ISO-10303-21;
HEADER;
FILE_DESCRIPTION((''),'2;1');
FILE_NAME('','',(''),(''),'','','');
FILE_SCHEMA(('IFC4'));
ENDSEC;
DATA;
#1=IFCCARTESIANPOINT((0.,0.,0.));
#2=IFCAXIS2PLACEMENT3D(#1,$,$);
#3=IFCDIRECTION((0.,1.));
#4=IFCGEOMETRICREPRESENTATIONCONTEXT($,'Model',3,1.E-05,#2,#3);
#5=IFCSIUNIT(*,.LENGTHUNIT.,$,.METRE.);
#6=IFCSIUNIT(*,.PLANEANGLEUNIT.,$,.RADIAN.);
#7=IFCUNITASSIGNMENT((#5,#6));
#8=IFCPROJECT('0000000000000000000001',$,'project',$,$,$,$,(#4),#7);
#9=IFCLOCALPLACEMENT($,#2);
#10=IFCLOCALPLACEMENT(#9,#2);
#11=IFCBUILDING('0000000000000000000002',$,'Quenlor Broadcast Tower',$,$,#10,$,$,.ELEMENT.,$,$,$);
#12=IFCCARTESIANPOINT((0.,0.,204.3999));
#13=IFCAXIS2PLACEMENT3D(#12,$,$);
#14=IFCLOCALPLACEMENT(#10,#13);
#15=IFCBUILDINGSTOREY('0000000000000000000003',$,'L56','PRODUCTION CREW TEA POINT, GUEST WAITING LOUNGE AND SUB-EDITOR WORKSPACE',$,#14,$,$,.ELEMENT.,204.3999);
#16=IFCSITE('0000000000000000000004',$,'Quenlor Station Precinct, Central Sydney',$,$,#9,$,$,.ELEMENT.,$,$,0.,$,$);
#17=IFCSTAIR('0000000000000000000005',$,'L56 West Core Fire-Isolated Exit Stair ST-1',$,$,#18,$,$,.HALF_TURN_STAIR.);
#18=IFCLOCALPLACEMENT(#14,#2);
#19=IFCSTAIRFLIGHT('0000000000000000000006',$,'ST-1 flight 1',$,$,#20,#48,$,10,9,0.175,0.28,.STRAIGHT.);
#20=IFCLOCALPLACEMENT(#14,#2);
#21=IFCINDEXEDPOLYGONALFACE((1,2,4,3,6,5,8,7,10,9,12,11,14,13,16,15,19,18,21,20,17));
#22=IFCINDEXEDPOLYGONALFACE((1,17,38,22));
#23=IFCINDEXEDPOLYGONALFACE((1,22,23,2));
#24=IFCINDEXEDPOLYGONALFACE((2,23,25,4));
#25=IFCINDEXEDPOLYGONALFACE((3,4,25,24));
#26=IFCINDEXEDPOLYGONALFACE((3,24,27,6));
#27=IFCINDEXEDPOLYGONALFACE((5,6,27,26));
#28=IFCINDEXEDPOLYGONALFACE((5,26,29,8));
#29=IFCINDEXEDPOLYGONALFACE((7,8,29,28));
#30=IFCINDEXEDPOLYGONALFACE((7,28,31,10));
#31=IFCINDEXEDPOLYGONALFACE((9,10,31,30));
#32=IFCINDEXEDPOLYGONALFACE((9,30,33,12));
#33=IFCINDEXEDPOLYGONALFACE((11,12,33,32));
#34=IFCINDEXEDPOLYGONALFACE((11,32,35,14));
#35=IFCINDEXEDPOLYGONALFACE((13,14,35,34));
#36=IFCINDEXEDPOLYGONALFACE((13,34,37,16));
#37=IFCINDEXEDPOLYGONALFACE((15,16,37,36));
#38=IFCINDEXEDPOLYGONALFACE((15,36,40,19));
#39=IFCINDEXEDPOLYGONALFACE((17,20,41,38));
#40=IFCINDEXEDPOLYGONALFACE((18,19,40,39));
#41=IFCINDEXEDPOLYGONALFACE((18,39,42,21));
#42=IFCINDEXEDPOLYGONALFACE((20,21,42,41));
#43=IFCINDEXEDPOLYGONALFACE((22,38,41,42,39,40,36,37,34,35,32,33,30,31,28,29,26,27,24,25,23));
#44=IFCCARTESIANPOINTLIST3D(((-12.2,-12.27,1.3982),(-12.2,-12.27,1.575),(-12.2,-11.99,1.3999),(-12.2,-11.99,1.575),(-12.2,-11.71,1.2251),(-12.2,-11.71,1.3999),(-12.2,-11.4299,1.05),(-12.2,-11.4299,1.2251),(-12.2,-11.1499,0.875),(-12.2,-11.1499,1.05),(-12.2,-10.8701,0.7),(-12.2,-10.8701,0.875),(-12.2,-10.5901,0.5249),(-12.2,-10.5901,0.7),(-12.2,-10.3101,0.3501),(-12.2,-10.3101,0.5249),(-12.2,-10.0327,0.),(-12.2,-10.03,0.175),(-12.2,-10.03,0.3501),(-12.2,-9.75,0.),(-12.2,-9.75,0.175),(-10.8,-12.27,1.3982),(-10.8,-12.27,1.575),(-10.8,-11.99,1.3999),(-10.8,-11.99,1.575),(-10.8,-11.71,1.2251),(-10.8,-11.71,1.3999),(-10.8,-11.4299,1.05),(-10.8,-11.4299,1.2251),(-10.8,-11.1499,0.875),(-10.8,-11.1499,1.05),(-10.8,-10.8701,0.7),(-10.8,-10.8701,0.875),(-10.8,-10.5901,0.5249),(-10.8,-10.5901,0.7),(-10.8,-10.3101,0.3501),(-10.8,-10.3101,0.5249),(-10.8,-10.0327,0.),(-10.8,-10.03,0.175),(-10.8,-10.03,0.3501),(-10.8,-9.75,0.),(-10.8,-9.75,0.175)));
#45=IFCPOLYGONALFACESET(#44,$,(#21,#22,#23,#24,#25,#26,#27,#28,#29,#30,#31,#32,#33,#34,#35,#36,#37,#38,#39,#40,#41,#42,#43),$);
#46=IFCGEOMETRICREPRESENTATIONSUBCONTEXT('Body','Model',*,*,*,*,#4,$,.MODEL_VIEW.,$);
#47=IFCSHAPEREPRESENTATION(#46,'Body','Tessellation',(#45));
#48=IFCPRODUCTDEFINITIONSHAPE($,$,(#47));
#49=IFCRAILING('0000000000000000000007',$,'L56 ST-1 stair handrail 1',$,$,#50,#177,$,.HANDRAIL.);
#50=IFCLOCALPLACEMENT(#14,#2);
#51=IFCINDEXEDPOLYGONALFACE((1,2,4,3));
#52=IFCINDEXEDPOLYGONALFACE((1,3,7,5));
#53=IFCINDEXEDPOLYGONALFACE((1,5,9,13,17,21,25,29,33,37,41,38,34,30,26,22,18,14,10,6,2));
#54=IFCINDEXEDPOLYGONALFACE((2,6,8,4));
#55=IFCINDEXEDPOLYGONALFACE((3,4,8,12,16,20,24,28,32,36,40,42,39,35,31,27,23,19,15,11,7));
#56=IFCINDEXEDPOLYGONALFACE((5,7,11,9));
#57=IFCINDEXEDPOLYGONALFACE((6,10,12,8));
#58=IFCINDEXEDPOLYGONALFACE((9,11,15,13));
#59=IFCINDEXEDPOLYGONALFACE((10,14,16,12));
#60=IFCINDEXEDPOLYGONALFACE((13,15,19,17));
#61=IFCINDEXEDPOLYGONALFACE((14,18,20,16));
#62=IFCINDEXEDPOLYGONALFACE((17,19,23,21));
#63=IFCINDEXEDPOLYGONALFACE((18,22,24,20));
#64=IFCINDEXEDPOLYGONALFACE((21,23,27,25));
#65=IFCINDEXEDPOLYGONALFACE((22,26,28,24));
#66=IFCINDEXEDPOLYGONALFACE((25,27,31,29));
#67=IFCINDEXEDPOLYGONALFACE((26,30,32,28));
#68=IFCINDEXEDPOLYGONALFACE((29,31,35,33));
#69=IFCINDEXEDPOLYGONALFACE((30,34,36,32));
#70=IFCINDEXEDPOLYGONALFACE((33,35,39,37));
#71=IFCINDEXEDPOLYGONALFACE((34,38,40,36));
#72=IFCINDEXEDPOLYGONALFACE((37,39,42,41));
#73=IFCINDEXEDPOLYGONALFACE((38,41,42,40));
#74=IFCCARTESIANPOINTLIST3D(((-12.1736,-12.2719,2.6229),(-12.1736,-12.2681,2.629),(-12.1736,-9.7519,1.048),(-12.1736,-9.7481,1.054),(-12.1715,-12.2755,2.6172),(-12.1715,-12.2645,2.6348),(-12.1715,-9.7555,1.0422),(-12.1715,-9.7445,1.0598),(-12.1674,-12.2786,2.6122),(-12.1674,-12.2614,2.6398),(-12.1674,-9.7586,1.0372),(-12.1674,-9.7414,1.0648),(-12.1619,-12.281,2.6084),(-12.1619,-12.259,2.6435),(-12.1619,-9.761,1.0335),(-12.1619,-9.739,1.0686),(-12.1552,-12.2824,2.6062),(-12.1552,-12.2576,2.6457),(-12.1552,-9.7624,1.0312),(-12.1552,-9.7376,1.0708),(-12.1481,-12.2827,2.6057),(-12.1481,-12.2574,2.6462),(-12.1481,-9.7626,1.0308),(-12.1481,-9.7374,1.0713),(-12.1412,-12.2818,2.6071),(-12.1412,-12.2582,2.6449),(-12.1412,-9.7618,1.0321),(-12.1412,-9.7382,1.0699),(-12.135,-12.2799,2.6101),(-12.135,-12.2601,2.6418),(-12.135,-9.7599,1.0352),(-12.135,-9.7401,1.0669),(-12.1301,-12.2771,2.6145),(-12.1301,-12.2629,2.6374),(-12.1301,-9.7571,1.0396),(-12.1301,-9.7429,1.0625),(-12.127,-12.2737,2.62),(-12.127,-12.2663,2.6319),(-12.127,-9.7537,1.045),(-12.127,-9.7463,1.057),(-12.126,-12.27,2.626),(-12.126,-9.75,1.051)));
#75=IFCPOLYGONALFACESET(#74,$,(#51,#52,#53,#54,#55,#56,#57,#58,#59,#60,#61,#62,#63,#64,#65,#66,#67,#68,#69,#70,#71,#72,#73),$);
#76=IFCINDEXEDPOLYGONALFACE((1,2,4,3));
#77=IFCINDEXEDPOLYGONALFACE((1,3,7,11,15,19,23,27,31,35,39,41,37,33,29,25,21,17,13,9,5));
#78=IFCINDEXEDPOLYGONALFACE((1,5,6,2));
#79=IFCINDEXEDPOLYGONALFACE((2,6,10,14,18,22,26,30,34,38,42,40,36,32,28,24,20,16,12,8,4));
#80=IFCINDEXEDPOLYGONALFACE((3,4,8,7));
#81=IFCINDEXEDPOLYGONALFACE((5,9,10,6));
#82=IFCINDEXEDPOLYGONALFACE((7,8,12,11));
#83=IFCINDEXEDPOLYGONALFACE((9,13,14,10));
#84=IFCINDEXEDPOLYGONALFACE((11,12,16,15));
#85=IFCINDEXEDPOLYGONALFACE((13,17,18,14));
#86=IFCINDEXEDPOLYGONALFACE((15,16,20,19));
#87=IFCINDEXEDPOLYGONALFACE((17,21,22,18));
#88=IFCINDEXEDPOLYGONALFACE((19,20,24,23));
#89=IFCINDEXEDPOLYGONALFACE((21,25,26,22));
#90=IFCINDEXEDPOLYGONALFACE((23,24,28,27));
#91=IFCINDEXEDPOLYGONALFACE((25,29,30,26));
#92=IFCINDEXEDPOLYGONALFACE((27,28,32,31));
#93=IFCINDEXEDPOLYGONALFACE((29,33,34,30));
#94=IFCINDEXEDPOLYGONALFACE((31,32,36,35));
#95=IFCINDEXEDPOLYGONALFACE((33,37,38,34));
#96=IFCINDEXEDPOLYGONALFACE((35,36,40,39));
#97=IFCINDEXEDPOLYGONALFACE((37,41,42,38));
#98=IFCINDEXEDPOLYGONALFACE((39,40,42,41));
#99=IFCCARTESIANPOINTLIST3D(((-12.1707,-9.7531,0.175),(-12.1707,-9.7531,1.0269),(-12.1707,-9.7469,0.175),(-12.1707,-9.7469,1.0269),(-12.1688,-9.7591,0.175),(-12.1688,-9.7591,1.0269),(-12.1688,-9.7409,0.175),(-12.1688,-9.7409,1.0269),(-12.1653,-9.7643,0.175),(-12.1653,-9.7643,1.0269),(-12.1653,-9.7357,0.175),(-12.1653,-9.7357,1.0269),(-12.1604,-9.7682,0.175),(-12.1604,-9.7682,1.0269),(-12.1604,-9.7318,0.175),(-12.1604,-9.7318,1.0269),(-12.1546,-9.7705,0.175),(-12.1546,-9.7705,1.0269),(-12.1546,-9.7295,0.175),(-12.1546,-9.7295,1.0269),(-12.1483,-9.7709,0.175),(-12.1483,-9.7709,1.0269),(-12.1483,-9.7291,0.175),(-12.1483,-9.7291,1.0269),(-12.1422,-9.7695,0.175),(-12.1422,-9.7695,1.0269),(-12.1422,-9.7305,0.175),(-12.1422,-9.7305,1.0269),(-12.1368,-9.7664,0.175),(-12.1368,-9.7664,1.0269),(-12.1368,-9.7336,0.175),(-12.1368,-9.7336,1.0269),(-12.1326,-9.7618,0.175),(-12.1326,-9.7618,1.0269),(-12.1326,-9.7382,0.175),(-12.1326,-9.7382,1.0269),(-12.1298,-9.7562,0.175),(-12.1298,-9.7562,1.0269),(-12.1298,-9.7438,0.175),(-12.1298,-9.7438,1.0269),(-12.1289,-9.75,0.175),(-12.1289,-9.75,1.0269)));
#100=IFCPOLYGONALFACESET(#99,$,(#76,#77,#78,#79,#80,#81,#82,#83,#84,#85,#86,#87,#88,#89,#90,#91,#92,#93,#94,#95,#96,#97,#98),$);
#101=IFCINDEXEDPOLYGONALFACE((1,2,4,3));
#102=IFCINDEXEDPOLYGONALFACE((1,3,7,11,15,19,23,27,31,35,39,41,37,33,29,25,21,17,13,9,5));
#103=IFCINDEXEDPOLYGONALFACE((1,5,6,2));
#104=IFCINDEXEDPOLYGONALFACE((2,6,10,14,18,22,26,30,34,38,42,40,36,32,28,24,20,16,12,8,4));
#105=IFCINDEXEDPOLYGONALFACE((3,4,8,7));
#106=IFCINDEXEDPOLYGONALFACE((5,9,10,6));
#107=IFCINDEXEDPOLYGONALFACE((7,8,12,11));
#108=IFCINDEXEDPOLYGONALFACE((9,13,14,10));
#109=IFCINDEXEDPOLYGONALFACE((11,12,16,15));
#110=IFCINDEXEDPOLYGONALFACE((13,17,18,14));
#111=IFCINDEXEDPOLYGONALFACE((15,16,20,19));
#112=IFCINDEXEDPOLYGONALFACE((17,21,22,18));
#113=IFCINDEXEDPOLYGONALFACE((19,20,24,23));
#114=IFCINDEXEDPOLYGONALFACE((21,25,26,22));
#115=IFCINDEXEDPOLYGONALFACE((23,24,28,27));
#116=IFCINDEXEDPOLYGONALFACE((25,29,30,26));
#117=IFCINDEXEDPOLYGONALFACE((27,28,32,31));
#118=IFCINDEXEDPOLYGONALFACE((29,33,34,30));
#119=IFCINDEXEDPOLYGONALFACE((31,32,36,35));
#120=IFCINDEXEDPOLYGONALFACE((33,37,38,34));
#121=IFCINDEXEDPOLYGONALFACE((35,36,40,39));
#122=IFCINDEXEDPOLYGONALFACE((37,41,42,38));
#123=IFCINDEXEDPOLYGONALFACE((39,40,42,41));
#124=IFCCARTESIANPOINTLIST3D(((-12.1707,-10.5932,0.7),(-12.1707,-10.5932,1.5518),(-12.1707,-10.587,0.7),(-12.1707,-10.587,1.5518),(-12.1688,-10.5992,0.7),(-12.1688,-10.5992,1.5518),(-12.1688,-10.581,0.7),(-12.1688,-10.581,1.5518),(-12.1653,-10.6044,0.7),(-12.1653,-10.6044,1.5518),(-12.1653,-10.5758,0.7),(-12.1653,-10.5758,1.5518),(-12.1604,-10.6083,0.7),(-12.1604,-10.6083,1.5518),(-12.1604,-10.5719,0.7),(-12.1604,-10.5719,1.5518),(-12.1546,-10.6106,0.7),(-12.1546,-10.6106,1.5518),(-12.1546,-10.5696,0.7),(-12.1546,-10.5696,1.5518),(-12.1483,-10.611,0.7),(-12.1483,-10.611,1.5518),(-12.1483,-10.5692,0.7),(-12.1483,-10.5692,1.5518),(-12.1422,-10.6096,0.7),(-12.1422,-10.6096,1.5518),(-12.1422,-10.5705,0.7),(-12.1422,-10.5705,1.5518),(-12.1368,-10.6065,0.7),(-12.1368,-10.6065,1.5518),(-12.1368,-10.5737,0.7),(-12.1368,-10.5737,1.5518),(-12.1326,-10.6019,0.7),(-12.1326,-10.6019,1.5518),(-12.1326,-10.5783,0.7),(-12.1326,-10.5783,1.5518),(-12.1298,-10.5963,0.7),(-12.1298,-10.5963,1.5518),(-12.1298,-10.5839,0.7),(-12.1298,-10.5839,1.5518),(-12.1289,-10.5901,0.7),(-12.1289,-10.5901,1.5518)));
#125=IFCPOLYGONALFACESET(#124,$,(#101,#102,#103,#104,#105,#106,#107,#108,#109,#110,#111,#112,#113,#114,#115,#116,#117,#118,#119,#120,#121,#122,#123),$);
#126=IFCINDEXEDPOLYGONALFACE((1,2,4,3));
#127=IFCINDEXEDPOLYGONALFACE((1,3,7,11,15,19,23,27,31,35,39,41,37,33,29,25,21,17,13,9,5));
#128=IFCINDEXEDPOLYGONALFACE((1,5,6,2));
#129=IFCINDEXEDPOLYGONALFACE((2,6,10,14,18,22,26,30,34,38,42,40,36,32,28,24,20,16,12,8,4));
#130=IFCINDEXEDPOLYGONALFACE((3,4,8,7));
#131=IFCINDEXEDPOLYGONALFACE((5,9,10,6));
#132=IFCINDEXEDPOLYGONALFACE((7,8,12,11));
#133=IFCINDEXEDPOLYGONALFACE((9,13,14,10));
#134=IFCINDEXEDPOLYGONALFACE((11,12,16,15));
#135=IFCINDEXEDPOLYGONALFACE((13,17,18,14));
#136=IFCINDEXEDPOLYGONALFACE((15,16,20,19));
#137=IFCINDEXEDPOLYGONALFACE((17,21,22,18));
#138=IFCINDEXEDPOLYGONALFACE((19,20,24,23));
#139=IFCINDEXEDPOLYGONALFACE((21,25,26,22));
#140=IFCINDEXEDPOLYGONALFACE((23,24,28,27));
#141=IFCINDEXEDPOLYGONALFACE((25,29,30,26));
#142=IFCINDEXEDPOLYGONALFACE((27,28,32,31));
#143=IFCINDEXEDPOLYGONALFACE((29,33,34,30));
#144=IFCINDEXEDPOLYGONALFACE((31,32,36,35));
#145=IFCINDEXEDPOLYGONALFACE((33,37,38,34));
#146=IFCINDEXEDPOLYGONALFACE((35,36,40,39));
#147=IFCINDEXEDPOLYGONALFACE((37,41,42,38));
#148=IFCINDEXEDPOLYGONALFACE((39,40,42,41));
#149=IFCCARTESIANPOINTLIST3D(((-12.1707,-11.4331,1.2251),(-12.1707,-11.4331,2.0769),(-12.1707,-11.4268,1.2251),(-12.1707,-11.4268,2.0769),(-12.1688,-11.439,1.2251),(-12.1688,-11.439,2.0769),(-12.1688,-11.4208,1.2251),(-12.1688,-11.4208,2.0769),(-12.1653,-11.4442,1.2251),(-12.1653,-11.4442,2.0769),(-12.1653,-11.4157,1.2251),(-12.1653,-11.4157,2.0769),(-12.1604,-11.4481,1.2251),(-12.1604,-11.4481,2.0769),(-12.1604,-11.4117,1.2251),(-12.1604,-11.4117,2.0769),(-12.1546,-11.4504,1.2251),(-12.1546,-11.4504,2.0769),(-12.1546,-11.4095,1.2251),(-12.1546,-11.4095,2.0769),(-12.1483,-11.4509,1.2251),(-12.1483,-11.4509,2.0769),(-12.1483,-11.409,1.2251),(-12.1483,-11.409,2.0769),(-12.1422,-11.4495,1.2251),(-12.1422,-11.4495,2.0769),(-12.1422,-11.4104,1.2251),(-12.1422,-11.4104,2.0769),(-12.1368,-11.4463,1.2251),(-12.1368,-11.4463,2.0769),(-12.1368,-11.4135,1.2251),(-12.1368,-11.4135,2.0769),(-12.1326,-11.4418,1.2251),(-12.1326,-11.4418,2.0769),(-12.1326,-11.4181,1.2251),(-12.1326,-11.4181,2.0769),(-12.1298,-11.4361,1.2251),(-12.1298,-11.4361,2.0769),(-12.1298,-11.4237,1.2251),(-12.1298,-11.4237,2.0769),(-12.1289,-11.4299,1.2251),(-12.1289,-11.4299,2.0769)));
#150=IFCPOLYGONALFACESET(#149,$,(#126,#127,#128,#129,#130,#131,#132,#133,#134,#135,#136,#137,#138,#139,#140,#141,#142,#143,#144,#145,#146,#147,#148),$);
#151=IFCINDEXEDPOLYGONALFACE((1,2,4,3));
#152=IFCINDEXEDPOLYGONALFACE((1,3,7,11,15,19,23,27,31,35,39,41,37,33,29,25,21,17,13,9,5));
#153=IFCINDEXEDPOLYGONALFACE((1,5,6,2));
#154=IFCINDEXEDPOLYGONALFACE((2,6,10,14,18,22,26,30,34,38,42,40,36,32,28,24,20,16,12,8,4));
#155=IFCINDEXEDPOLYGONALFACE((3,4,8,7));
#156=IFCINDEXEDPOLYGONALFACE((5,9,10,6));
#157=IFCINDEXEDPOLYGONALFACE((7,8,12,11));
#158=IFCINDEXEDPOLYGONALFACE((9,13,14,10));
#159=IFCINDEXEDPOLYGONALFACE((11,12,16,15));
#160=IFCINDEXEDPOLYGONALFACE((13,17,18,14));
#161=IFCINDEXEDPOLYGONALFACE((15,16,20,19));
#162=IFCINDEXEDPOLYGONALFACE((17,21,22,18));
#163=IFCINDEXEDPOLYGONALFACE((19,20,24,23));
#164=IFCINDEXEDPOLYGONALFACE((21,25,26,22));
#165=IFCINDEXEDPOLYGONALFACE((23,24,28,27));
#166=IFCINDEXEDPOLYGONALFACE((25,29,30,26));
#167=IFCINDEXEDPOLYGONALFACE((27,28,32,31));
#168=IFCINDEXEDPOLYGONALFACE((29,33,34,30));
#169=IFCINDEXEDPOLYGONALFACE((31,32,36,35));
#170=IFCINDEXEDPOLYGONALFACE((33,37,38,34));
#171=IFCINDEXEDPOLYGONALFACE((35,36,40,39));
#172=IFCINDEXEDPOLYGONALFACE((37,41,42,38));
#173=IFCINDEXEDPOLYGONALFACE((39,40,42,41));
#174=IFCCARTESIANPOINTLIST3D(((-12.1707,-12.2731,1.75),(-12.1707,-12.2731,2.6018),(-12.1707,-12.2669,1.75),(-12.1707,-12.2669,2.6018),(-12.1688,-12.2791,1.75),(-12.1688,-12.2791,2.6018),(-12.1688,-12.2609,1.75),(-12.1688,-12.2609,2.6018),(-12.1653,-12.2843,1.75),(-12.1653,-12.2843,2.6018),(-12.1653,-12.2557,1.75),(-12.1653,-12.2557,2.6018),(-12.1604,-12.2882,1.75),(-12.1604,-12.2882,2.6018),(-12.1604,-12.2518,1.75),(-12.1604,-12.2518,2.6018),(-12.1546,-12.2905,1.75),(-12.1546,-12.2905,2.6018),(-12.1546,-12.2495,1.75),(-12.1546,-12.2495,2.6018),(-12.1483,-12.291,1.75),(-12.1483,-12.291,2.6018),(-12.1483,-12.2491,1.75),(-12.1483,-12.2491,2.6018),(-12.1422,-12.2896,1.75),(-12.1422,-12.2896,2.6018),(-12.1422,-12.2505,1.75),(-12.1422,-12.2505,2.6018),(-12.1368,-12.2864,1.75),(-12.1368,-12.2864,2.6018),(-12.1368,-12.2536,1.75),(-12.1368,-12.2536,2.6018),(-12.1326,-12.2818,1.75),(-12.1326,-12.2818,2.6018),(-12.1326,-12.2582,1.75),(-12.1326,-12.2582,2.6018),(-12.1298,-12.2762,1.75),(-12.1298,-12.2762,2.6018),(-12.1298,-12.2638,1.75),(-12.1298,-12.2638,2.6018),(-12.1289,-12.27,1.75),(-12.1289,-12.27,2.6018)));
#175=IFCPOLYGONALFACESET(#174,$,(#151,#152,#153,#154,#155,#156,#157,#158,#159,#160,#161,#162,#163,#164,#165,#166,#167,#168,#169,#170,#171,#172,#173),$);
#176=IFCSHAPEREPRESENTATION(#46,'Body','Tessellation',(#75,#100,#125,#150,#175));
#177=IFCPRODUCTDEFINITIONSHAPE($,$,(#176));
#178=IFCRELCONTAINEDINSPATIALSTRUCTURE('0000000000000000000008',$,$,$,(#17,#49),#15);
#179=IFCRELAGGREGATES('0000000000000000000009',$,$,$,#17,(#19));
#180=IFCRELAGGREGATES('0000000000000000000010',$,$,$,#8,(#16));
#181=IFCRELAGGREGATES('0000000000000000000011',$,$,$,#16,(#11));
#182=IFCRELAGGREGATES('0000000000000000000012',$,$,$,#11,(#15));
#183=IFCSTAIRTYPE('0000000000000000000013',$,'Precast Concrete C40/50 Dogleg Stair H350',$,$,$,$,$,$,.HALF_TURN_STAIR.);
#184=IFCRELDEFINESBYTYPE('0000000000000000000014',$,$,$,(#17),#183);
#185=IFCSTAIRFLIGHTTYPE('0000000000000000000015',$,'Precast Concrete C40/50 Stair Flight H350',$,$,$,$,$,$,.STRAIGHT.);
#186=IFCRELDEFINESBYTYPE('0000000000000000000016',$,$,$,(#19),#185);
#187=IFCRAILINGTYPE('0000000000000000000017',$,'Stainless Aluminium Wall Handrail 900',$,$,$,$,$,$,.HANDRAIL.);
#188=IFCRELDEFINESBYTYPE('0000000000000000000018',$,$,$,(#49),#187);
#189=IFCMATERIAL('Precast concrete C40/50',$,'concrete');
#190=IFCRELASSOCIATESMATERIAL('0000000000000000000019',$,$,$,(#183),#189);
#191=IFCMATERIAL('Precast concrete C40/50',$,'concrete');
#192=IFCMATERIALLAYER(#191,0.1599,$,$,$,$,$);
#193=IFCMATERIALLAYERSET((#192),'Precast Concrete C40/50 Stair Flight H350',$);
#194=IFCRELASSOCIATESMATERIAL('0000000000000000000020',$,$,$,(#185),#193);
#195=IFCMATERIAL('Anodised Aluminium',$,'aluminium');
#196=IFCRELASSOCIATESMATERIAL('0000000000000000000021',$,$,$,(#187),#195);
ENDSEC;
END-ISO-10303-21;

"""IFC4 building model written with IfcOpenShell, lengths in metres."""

from ifc_helpers import new_model, si_unit, direction, frame, origin, origin_2d, place, context, subcontext, project, spatial, polyline, circle, outline, extrude, material, layer, layer_set, type_object, element, aggregate, save


model = new_model("IFC4")

# Units and contexts
model_context = context("Model", 3, precision=1e-05, world=origin(), true_north=direction((0.0, 1.0)))
body_context = subcontext(model_context, "Body", "Model", "MODEL_VIEW")
ifc_project = project(units=[si_unit("LENGTHUNIT", "METRE"), si_unit("PLANEANGLEUNIT", "RADIAN")], contexts=[model_context])

# Site, building, storey
site_placement = place(None, origin())
site = spatial("IfcSite", under=ifc_project, at=site_placement, Name="Quenlor Station Precinct, Central Sydney", CompositionType="ELEMENT", RefElevation=0.0)
building_placement = place(site_placement, origin())
building = spatial("IfcBuilding", under=site, at=building_placement, Name="Quenlor Broadcast Tower", CompositionType="ELEMENT")
storey_placement = place(building_placement, frame((0.0, 0.0, 204.3999)))
storey = spatial("IfcBuildingStorey", under=building, at=storey_placement, Name="L56", Description="PRODUCTION CREW TEA POINT, GUEST WAITING LOUNGE AND SUB-EDITOR WORKSPACE", CompositionType="ELEMENT", Elevation=204.3999)

# Stair, stair flight
ifc_material_1 = material(Name="Precast concrete C40/50", Category="concrete")
stair_type = type_object("IfcStairType", Name="Precast Concrete C40/50 Dogleg Stair H350", PredefinedType="HALF_TURN_STAIR", material=ifc_material_1)
stair_placement = place(storey_placement, origin())
stair = element("IfcStair", 1, at=stair_placement, inside=storey, type_object=stair_type, Name="L56 West Core Fire-Isolated Exit Stair ST-1", PredefinedType="HALF_TURN_STAIR")
ifc_material_2 = material(Name="Precast concrete C40/50", Category="concrete")
ifc_layer_1 = layer(ifc_material_2, 0.1599)
ifc_layer_set_1 = layer_set([ifc_layer_1], Name="Precast Concrete C40/50 Stair Flight H350")
stair_flight_type = type_object("IfcStairFlightType", Name="Precast Concrete C40/50 Stair Flight H350", PredefinedType="STRAIGHT", material=ifc_layer_set_1)
stair_flight_placement = place(storey_placement, frame((-11.5, -9.75, 0.0), z_axis=(0.0, 0.0, 1.0), x_axis=(0.0, -1.0, 0.0)))
stair_flight = element("IfcStairFlight", 2, at=stair_flight_placement, type_object=stair_flight_type, Name="ST-1 flight 1", NumberOfRisers=10, NumberOfTreads=9, PredefinedType="STRAIGHT", RiserHeight=0.175, TreadLength=0.28, context=body_context, shape_type="SweptSolid", body=[
    extrude(outline(polyline([(0.0, 0.0), (0.0, 0.175), (0.28, 0.175), (0.28, 0.3501), (0.5601, 0.3501), (0.5601, 0.5249), (0.8401, 0.5249), (0.8401, 0.7), (1.1201, 0.7), (1.1201, 0.875), (1.3999, 0.875), (1.3999, 1.05), (1.6799, 1.05), (1.6799, 1.2251), (1.96, 1.2251), (1.96, 1.3999), (2.24, 1.3999), (2.24, 1.575), (2.52, 1.575), (2.52, 1.75), (2.52, 1.3982), (0.2827, 0.0), (0.0, 0.0)])), frame((0.0, 0.7, 0.0), z_axis=(0.0, -1.0, 0.0), x_axis=(1.0, 0.0, 0.0)), (0.0, 0.0, 1.0), 1.3999),
])
aggregate(stair, [stair_flight])

# Railing
ifc_material_3 = material(Name="Anodised Aluminium", Category="aluminium")
railing_type = type_object("IfcRailingType", Name="Stainless Aluminium Wall Handrail 900", PredefinedType="HANDRAIL", material=ifc_material_3)
railing_placement = place(storey_placement, frame((-12.1499, -9.75, 0.175)))
element("IfcRailing", 3, at=railing_placement, inside=storey, type_object=railing_type, Name="L56 ST-1 stair handrail 1", PredefinedType="HANDRAIL", context=body_context, shape_type="SweptSolid", body=[
    extrude(circle(Radius=0.0239, at=origin_2d()), frame((0.0, 0.0, 0.876), z_axis=(0.0, -0.848008, 0.529984), x_axis=(1.0, 0.0, 0.0)), (0.0, 0.0, 1.0), 2.9717),
    extrude(circle(Radius=0.021, at=origin_2d()), origin(), (0.0, 0.0, 1.0), 0.8518),
    extrude(circle(Radius=0.021, at=origin_2d()), frame((0.0, -0.8401, 0.5249)), (0.0, 0.0, 1.0), 0.8518),
    extrude(circle(Radius=0.021, at=origin_2d()), frame((0.0, -1.6799, 1.05)), (0.0, 0.0, 1.0), 0.8518),
    extrude(circle(Radius=0.021, at=origin_2d()), frame((0.0, -2.52, 1.575)), (0.0, 0.0, 1.0), 0.8518),
])

save(model, "model.ifc")
